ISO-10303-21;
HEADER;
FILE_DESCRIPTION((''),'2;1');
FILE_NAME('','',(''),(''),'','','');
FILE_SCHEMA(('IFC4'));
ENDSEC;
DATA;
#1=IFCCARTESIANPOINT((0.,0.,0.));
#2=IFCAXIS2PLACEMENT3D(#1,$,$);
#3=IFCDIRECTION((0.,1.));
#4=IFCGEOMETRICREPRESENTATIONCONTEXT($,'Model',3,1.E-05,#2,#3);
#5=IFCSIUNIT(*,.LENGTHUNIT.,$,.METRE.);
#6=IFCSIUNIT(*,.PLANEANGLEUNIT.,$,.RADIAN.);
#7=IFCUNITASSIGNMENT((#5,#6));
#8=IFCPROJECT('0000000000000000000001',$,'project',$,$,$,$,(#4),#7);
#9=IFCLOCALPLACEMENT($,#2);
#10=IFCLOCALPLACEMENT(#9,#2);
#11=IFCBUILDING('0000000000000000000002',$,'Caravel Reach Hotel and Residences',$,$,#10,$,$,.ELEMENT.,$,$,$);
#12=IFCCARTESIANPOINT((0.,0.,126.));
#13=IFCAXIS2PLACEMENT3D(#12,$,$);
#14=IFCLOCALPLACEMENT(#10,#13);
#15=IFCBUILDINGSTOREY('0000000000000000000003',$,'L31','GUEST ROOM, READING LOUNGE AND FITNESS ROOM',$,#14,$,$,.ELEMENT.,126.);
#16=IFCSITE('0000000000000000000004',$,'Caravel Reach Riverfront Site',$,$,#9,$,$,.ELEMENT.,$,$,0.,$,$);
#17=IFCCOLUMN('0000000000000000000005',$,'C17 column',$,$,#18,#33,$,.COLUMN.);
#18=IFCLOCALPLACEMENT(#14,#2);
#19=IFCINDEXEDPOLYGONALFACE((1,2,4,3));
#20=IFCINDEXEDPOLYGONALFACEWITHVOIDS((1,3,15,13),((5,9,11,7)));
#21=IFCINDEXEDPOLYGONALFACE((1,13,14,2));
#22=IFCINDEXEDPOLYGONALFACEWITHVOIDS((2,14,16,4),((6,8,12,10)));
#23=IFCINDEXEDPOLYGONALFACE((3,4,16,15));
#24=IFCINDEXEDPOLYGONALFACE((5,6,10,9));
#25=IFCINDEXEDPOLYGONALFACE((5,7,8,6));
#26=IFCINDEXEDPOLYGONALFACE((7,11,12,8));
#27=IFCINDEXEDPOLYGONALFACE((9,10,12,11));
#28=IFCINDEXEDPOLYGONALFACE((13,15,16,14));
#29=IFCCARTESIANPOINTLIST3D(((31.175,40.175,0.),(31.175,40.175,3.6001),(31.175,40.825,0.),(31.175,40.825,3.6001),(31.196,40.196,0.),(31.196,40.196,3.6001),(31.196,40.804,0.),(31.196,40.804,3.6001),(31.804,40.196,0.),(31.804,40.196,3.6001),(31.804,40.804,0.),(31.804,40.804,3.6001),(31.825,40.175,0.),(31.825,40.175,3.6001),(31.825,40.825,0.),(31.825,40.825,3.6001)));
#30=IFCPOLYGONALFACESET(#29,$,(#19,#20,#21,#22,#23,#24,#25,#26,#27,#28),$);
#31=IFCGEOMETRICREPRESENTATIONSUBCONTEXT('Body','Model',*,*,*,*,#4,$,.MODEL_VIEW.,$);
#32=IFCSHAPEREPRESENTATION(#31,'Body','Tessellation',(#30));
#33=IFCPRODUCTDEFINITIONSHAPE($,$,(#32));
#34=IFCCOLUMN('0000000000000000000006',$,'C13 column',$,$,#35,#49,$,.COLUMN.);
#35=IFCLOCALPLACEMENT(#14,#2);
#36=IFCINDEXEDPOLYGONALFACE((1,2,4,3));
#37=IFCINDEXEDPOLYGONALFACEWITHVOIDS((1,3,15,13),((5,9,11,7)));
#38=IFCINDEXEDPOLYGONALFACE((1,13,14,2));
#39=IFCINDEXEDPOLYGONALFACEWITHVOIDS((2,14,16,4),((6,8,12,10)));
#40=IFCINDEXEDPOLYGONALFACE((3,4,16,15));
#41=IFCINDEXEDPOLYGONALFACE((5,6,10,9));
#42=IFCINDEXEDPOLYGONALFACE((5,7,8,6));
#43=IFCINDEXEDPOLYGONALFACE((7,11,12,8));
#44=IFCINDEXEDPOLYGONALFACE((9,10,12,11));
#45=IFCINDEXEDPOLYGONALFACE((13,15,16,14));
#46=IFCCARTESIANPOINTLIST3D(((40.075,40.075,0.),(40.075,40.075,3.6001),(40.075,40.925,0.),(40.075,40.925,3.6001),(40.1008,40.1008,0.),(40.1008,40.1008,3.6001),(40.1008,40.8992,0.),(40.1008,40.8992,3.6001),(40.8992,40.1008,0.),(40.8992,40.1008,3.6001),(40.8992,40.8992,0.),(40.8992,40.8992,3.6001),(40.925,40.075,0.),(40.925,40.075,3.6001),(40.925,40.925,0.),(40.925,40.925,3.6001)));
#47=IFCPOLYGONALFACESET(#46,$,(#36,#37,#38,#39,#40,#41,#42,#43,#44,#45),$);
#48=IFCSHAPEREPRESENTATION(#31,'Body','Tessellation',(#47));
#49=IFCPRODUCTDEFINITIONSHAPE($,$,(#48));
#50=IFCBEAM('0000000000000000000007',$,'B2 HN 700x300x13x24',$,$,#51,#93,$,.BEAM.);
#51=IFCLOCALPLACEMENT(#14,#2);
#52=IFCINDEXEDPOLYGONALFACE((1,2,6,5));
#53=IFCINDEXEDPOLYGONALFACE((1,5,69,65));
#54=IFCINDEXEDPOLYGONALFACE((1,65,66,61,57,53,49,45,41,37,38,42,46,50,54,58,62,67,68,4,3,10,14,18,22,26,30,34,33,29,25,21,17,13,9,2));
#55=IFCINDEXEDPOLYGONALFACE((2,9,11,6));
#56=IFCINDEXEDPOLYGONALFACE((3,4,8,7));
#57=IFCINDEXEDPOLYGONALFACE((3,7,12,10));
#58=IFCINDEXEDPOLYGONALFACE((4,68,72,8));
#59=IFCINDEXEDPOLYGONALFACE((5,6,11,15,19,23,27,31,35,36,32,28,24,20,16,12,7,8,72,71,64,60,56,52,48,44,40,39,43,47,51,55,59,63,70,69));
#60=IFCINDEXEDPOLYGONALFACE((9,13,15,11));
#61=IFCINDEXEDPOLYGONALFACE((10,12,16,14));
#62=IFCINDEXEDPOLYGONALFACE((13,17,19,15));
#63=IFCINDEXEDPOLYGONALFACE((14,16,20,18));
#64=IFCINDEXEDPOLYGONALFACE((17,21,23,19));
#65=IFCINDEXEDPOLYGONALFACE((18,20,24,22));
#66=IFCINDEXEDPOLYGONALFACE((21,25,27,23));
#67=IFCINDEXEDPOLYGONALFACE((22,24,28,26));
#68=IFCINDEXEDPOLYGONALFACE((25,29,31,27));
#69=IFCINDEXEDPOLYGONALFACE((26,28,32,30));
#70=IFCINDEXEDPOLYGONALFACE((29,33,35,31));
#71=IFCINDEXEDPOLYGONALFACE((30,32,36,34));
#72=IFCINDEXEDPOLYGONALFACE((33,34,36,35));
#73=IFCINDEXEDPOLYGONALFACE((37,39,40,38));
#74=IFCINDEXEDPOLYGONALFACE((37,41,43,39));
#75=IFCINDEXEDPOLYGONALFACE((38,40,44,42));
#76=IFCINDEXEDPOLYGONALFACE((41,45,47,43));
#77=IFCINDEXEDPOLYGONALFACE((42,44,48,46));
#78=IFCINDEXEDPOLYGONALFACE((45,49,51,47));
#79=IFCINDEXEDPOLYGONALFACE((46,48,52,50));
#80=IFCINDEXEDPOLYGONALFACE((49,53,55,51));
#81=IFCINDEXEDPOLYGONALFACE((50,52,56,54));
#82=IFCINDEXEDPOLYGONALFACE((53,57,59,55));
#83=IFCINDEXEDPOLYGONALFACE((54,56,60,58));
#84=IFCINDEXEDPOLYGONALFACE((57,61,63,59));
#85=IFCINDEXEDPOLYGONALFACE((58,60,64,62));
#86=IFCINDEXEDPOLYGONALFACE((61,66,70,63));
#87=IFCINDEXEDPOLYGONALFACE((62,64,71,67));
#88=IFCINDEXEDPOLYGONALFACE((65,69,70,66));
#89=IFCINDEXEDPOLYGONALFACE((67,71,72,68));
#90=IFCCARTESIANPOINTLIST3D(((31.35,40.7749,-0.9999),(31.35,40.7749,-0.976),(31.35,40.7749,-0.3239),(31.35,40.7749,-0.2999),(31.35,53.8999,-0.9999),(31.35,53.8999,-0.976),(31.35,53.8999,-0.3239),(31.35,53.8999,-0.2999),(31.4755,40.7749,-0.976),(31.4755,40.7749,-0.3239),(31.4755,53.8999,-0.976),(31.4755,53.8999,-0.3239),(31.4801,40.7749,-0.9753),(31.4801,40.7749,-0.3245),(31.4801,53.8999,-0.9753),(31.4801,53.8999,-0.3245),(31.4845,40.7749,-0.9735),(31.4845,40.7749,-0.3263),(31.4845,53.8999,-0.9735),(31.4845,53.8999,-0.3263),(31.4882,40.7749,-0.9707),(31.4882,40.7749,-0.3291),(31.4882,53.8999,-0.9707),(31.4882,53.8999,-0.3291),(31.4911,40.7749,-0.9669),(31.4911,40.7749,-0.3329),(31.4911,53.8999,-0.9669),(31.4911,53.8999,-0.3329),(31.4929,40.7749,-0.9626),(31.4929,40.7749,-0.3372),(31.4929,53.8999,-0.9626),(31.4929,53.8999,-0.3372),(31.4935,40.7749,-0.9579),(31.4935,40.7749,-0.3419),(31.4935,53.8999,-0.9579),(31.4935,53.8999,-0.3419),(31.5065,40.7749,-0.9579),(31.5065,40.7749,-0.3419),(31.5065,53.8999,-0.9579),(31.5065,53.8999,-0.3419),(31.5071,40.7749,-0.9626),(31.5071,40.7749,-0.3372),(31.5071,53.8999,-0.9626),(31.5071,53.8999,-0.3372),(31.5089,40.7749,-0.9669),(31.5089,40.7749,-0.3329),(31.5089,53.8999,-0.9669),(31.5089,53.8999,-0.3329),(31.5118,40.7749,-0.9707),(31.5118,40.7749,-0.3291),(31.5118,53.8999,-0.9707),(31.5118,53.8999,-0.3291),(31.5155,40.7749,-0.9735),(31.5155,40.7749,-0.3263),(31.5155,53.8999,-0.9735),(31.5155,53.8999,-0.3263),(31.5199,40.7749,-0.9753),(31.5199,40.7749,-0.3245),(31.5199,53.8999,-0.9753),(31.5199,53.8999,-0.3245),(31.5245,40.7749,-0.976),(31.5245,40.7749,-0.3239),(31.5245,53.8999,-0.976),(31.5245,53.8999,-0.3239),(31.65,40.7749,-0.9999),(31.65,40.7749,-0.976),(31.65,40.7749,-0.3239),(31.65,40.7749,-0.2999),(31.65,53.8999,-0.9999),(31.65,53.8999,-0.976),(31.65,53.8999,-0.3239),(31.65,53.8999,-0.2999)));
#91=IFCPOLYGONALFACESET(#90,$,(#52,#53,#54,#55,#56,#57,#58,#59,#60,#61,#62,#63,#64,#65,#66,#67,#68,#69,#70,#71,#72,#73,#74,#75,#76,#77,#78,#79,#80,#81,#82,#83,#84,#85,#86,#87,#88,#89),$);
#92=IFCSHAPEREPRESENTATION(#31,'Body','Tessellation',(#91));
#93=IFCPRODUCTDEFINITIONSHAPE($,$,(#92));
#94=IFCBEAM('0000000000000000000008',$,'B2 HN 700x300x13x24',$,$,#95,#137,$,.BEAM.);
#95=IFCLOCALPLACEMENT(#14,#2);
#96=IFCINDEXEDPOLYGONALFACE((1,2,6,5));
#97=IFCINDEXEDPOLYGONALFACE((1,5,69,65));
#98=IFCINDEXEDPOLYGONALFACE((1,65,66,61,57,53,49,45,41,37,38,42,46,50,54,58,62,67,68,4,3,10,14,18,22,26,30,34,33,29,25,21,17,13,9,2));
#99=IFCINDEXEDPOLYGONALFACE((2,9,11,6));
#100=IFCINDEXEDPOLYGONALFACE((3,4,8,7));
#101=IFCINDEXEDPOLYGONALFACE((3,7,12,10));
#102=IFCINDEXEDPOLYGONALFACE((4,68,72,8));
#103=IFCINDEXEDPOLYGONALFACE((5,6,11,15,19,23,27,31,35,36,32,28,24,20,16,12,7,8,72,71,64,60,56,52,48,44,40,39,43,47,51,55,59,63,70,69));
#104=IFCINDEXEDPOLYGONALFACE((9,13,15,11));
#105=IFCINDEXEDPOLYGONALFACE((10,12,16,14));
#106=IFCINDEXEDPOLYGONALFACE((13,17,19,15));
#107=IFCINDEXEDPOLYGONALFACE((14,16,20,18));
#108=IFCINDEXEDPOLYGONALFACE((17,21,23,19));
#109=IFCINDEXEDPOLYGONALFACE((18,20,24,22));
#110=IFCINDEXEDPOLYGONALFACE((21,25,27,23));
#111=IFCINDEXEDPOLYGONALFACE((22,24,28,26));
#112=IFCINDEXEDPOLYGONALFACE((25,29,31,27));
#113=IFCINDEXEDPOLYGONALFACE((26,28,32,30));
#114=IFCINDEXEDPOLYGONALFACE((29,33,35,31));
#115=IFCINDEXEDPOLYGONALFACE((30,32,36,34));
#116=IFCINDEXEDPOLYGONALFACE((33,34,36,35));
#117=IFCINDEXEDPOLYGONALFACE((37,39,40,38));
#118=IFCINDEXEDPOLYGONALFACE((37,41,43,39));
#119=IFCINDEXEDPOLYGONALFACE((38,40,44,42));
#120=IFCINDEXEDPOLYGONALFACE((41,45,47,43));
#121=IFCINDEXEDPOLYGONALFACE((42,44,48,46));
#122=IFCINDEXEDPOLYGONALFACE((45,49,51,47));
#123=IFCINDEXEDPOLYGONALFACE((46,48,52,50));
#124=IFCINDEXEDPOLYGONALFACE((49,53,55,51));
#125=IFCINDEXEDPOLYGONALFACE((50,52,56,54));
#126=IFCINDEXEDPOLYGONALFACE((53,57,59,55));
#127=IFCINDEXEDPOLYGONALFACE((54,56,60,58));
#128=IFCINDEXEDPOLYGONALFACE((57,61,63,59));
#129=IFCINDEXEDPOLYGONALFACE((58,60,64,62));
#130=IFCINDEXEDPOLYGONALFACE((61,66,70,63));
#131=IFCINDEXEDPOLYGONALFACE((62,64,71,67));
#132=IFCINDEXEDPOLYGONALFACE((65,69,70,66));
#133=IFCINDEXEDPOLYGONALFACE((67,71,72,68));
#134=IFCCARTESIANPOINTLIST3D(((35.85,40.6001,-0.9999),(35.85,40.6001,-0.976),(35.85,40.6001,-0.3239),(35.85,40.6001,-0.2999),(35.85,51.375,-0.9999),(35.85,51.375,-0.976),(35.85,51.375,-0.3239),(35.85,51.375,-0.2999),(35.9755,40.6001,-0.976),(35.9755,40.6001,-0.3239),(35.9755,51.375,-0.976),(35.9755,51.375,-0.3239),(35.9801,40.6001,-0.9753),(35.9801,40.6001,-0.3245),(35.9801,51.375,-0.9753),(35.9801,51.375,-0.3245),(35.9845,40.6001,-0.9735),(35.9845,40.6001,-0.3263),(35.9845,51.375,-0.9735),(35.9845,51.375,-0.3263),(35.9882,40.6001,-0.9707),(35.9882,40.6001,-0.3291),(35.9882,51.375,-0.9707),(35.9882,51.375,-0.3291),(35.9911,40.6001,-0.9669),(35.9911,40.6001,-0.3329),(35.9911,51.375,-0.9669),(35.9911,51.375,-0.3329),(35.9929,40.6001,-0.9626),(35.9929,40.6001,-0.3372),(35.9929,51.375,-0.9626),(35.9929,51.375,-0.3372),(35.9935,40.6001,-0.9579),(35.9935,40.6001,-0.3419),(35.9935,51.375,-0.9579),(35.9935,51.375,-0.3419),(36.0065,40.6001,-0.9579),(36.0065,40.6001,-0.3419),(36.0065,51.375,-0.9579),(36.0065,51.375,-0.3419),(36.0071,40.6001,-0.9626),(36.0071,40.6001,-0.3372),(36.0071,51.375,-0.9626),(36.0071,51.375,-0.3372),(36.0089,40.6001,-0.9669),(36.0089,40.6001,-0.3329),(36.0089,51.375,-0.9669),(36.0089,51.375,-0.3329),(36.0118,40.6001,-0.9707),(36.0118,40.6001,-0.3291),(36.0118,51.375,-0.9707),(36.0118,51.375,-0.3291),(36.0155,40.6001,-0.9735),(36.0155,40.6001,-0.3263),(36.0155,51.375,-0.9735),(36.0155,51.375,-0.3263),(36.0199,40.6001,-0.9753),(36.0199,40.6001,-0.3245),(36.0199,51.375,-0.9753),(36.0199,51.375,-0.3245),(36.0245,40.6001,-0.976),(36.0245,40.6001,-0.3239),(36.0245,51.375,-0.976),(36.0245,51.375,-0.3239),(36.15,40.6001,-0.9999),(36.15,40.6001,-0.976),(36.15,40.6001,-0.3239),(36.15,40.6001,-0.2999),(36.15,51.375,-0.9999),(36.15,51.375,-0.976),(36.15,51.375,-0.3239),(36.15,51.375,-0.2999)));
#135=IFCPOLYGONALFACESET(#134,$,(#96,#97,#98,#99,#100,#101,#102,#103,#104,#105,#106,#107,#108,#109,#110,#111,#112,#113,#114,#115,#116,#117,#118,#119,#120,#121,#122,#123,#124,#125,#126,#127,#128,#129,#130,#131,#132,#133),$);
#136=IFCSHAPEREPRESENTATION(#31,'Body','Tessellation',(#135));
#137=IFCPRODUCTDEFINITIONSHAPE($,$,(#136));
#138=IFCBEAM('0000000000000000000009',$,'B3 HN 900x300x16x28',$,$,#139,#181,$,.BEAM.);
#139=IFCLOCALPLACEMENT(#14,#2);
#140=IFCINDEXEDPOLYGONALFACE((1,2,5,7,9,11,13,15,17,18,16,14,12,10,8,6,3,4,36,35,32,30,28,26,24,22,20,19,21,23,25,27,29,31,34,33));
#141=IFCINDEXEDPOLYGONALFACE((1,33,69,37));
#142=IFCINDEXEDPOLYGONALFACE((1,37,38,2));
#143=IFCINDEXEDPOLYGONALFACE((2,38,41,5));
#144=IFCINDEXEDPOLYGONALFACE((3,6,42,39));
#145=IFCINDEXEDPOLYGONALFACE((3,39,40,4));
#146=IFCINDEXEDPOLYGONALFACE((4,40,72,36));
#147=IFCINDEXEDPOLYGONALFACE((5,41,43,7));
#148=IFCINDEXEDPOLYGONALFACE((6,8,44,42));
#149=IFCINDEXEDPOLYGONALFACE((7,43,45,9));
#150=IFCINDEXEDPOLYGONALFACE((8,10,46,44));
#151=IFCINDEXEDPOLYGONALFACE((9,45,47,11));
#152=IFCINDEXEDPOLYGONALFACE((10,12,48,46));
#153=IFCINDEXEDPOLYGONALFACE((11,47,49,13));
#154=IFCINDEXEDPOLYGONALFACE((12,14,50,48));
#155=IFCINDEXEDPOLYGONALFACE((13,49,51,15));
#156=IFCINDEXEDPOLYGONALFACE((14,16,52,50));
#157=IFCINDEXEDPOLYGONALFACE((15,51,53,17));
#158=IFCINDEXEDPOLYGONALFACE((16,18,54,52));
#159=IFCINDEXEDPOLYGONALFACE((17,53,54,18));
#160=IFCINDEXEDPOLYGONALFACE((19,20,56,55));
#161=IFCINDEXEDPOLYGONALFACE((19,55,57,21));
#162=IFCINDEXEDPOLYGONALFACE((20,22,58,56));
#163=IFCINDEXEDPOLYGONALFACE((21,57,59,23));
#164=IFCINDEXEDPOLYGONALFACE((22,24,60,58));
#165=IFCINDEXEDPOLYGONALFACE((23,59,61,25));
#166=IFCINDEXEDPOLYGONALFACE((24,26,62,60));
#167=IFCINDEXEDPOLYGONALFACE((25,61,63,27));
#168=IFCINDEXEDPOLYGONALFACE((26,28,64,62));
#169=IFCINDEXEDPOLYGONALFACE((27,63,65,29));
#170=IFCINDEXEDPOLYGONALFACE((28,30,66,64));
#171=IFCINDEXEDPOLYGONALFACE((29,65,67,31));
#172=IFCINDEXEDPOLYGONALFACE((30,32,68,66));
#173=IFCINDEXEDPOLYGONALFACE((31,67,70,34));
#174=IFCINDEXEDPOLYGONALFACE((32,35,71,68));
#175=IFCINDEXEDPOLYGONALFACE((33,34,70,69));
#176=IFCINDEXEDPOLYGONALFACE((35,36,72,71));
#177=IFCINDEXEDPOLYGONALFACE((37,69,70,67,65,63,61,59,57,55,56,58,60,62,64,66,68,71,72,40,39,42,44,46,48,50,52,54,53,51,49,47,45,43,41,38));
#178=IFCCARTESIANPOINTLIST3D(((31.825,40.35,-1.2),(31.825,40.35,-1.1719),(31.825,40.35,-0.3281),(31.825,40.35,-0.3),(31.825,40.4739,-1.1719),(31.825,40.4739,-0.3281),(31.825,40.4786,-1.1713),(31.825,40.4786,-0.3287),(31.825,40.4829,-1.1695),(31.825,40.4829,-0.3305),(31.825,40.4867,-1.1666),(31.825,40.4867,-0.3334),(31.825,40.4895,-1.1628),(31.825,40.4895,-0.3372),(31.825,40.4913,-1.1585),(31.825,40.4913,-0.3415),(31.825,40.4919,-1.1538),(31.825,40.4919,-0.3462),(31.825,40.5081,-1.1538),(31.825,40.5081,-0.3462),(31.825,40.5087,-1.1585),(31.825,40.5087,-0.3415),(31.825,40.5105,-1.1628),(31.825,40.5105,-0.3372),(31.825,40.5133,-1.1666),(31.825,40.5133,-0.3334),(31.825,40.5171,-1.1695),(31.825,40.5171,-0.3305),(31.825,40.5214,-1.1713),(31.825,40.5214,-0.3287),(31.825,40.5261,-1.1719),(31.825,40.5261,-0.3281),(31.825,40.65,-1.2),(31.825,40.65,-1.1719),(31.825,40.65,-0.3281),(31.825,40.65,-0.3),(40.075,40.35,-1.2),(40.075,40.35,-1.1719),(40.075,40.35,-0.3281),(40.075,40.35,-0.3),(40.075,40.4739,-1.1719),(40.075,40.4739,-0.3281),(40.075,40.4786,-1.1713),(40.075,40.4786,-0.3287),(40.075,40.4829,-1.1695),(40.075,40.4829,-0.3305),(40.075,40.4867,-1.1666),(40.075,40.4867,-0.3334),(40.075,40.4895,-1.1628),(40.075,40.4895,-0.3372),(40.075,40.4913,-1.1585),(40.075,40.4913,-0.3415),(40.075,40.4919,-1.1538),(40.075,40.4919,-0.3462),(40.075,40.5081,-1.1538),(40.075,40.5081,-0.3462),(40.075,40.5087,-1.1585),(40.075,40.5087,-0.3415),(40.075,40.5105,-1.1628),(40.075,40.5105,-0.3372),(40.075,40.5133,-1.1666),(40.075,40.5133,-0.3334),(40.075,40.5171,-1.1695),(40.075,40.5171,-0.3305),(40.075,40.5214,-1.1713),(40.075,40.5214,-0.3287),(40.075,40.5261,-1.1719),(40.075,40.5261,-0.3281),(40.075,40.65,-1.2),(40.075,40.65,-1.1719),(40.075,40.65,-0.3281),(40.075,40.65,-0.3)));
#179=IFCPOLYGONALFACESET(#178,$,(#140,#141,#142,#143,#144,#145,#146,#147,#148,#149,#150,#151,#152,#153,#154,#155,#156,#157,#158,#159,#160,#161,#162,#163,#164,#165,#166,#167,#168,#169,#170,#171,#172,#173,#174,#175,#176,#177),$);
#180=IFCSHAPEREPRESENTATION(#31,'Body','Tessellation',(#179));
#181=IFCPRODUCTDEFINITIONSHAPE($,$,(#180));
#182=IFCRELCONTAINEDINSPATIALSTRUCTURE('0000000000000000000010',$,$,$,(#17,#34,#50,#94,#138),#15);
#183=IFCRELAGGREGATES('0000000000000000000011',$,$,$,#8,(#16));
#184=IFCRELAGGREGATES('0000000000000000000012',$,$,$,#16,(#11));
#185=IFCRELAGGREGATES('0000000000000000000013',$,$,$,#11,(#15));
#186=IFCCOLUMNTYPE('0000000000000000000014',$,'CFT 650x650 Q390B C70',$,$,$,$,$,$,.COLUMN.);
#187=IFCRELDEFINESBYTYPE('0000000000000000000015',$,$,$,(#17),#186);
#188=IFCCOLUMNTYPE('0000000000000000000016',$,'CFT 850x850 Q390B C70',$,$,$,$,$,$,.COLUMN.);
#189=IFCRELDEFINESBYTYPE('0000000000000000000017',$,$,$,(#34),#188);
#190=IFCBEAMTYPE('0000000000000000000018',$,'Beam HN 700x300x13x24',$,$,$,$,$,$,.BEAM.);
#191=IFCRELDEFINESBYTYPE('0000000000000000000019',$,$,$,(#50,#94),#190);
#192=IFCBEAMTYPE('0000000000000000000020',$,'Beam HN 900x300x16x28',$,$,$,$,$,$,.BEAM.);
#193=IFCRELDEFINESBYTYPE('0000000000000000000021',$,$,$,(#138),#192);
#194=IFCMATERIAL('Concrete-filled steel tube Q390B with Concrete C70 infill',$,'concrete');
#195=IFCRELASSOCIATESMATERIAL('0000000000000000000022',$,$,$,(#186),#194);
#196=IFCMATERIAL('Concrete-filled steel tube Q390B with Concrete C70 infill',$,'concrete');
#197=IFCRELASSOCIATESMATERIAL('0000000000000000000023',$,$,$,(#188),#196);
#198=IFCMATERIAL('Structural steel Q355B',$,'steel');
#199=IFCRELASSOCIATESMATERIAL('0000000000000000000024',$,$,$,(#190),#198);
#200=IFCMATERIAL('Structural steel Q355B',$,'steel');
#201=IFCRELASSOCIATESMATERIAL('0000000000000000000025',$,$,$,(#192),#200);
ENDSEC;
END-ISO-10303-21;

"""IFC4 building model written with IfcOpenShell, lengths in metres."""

from ifc_helpers import new_model, si_unit, direction, frame, origin, origin_2d, place, context, subcontext, project, spatial, hollow_rectangle, i_section, extrude, material, material_profile, profile_set, type_object, element, save


model = new_model("IFC4")

# Units and contexts
model_context = context("Model", 3, precision=1e-05, world=origin(), true_north=direction((0.0, 1.0)))
body_context = subcontext(model_context, "Body", "Model", "MODEL_VIEW")
ifc_project = project(units=[si_unit("LENGTHUNIT", "METRE"), si_unit("PLANEANGLEUNIT", "RADIAN")], contexts=[model_context])

# Site, building, storey
site_placement = place(None, origin())
site = spatial("IfcSite", under=ifc_project, at=site_placement, Name="Caravel Reach Riverfront Site", CompositionType="ELEMENT", RefElevation=0.0)
building_placement = place(site_placement, origin())
building = spatial("IfcBuilding", under=site, at=building_placement, Name="Caravel Reach Hotel and Residences", CompositionType="ELEMENT")
storey_placement = place(building_placement, frame((0.0, 0.0, 126.0)))
storey = spatial("IfcBuildingStorey", under=building, at=storey_placement, Name="L31", Description="GUEST ROOM, READING LOUNGE AND FITNESS ROOM", CompositionType="ELEMENT", Elevation=126.0)

# Columns
ifc_material_1 = material(Name="Concrete-filled steel tube Q390B with Concrete C70 infill", Category="concrete")
ifc_material_profile_1 = material_profile(ifc_material_1, hollow_rectangle(XDim=0.6499, YDim=0.6499, WallThickness=0.021, at=origin_2d()), Name="RHS 650x650x21")
ifc_profile_set_1 = profile_set([ifc_material_profile_1], Name="Concrete-filled steel tube Q390B with Concrete C70 infill")
column_type_1 = type_object("IfcColumnType", Name="CFT 650x650 Q390B C70", PredefinedType="COLUMN", material=ifc_profile_set_1)
column_1_placement = place(storey_placement, frame((31.5, 40.5, 0.0), z_axis=(0.0, 0.0, 1.0), x_axis=(1.0, 0.0, 0.0)))
element("IfcColumn", 1, at=column_1_placement, inside=storey, type_object=column_type_1, Name="C17 column", PredefinedType="COLUMN", context=body_context, shape_type="SweptSolid", body=[
    extrude(hollow_rectangle(XDim=0.6499, YDim=0.6499, WallThickness=0.021, at=origin_2d()), origin(), (0.0, 0.0, 1.0), 3.6001),
])
ifc_material_2 = material(Name="Concrete-filled steel tube Q390B with Concrete C70 infill", Category="concrete")
ifc_material_profile_2 = material_profile(ifc_material_2, hollow_rectangle(XDim=0.8501, YDim=0.8501, WallThickness=0.0259, at=origin_2d()), Name="RHS 850x850x26")
ifc_profile_set_2 = profile_set([ifc_material_profile_2], Name="Concrete-filled steel tube Q390B with Concrete C70 infill")
column_type_2 = type_object("IfcColumnType", Name="CFT 850x850 Q390B C70", PredefinedType="COLUMN", material=ifc_profile_set_2)
column_2_placement = place(storey_placement, frame((40.5, 40.5, 0.0), z_axis=(0.0, 0.0, 1.0), x_axis=(1.0, 0.0, 0.0)))
element("IfcColumn", 2, at=column_2_placement, inside=storey, type_object=column_type_2, Name="C13 column", PredefinedType="COLUMN", context=body_context, shape_type="SweptSolid", body=[
    extrude(hollow_rectangle(XDim=0.8501, YDim=0.8501, WallThickness=0.0259, at=origin_2d()), origin(), (0.0, 0.0, 1.0), 3.6001),
])

# Beams
ifc_material_3 = material(Name="Structural steel Q355B", Category="steel")
ifc_material_profile_3 = material_profile(ifc_material_3, i_section(OverallWidth=0.3, OverallDepth=0.7, WebThickness=0.0129, FlangeThickness=0.0239, FilletRadius=0.0181, at=origin_2d()), Name="HN 700x300x13x24")
ifc_profile_set_3 = profile_set([ifc_material_profile_3], Name="Structural steel Q355B")
beam_type_1 = type_object("IfcBeamType", Name="Beam HN 700x300x13x24", PredefinedType="BEAM", material=ifc_profile_set_3)
beam_1_placement = place(storey_placement, frame((31.5, 40.7749, -0.6499), z_axis=(0.0, 1.0, 0.0), x_axis=(-1.0, 0.0, 0.0)))
element("IfcBeam", 3, at=beam_1_placement, inside=storey, type_object=beam_type_1, Name="B2 HN 700x300x13x24", PredefinedType="BEAM", context=body_context, shape_type="SweptSolid", body=[
    extrude(i_section(OverallWidth=0.3, OverallDepth=0.7, WebThickness=0.0129, FlangeThickness=0.0239, FilletRadius=0.0181, at=origin_2d()), origin(), (0.0, 0.0, 1.0), 13.125),
])
beam_2_placement = place(storey_placement, frame((36.0, 40.6001, -0.6499), z_axis=(0.0, 1.0, 0.0), x_axis=(-1.0, 0.0, 0.0)))
element("IfcBeam", 4, at=beam_2_placement, inside=storey, type_object=beam_type_1, Name="B2 HN 700x300x13x24", PredefinedType="BEAM", context=body_context, shape_type="SweptSolid", body=[
    extrude(i_section(OverallWidth=0.3, OverallDepth=0.7, WebThickness=0.0129, FlangeThickness=0.0239, FilletRadius=0.0181, at=origin_2d()), origin(), (0.0, 0.0, 1.0), 10.7749),
])
ifc_material_4 = material(Name="Structural steel Q355B", Category="steel")
ifc_material_profile_4 = material_profile(ifc_material_4, i_section(OverallWidth=0.3, OverallDepth=0.8999, WebThickness=0.0161, FlangeThickness=0.0281, FilletRadius=0.0181, at=origin_2d()), Name="HN 900x300x16x28")
ifc_profile_set_4 = profile_set([ifc_material_profile_4], Name="Structural steel Q355B")
beam_type_2 = type_object("IfcBeamType", Name="Beam HN 900x300x16x28", PredefinedType="BEAM", material=ifc_profile_set_4)
beam_3_placement = place(storey_placement, frame((31.825, 40.5, -0.75), z_axis=(1.0, 0.0, 0.0), x_axis=(0.0, 1.0, 0.0)))
element("IfcBeam", 5, at=beam_3_placement, inside=storey, type_object=beam_type_2, Name="B3 HN 900x300x16x28", PredefinedType="BEAM", context=body_context, shape_type="SweptSolid", body=[
    extrude(i_section(OverallWidth=0.3, OverallDepth=0.8999, WebThickness=0.0161, FlangeThickness=0.0281, FilletRadius=0.0181, at=origin_2d()), origin(), (0.0, 0.0, 1.0), 8.25),
])

save(model, "model.ifc")
